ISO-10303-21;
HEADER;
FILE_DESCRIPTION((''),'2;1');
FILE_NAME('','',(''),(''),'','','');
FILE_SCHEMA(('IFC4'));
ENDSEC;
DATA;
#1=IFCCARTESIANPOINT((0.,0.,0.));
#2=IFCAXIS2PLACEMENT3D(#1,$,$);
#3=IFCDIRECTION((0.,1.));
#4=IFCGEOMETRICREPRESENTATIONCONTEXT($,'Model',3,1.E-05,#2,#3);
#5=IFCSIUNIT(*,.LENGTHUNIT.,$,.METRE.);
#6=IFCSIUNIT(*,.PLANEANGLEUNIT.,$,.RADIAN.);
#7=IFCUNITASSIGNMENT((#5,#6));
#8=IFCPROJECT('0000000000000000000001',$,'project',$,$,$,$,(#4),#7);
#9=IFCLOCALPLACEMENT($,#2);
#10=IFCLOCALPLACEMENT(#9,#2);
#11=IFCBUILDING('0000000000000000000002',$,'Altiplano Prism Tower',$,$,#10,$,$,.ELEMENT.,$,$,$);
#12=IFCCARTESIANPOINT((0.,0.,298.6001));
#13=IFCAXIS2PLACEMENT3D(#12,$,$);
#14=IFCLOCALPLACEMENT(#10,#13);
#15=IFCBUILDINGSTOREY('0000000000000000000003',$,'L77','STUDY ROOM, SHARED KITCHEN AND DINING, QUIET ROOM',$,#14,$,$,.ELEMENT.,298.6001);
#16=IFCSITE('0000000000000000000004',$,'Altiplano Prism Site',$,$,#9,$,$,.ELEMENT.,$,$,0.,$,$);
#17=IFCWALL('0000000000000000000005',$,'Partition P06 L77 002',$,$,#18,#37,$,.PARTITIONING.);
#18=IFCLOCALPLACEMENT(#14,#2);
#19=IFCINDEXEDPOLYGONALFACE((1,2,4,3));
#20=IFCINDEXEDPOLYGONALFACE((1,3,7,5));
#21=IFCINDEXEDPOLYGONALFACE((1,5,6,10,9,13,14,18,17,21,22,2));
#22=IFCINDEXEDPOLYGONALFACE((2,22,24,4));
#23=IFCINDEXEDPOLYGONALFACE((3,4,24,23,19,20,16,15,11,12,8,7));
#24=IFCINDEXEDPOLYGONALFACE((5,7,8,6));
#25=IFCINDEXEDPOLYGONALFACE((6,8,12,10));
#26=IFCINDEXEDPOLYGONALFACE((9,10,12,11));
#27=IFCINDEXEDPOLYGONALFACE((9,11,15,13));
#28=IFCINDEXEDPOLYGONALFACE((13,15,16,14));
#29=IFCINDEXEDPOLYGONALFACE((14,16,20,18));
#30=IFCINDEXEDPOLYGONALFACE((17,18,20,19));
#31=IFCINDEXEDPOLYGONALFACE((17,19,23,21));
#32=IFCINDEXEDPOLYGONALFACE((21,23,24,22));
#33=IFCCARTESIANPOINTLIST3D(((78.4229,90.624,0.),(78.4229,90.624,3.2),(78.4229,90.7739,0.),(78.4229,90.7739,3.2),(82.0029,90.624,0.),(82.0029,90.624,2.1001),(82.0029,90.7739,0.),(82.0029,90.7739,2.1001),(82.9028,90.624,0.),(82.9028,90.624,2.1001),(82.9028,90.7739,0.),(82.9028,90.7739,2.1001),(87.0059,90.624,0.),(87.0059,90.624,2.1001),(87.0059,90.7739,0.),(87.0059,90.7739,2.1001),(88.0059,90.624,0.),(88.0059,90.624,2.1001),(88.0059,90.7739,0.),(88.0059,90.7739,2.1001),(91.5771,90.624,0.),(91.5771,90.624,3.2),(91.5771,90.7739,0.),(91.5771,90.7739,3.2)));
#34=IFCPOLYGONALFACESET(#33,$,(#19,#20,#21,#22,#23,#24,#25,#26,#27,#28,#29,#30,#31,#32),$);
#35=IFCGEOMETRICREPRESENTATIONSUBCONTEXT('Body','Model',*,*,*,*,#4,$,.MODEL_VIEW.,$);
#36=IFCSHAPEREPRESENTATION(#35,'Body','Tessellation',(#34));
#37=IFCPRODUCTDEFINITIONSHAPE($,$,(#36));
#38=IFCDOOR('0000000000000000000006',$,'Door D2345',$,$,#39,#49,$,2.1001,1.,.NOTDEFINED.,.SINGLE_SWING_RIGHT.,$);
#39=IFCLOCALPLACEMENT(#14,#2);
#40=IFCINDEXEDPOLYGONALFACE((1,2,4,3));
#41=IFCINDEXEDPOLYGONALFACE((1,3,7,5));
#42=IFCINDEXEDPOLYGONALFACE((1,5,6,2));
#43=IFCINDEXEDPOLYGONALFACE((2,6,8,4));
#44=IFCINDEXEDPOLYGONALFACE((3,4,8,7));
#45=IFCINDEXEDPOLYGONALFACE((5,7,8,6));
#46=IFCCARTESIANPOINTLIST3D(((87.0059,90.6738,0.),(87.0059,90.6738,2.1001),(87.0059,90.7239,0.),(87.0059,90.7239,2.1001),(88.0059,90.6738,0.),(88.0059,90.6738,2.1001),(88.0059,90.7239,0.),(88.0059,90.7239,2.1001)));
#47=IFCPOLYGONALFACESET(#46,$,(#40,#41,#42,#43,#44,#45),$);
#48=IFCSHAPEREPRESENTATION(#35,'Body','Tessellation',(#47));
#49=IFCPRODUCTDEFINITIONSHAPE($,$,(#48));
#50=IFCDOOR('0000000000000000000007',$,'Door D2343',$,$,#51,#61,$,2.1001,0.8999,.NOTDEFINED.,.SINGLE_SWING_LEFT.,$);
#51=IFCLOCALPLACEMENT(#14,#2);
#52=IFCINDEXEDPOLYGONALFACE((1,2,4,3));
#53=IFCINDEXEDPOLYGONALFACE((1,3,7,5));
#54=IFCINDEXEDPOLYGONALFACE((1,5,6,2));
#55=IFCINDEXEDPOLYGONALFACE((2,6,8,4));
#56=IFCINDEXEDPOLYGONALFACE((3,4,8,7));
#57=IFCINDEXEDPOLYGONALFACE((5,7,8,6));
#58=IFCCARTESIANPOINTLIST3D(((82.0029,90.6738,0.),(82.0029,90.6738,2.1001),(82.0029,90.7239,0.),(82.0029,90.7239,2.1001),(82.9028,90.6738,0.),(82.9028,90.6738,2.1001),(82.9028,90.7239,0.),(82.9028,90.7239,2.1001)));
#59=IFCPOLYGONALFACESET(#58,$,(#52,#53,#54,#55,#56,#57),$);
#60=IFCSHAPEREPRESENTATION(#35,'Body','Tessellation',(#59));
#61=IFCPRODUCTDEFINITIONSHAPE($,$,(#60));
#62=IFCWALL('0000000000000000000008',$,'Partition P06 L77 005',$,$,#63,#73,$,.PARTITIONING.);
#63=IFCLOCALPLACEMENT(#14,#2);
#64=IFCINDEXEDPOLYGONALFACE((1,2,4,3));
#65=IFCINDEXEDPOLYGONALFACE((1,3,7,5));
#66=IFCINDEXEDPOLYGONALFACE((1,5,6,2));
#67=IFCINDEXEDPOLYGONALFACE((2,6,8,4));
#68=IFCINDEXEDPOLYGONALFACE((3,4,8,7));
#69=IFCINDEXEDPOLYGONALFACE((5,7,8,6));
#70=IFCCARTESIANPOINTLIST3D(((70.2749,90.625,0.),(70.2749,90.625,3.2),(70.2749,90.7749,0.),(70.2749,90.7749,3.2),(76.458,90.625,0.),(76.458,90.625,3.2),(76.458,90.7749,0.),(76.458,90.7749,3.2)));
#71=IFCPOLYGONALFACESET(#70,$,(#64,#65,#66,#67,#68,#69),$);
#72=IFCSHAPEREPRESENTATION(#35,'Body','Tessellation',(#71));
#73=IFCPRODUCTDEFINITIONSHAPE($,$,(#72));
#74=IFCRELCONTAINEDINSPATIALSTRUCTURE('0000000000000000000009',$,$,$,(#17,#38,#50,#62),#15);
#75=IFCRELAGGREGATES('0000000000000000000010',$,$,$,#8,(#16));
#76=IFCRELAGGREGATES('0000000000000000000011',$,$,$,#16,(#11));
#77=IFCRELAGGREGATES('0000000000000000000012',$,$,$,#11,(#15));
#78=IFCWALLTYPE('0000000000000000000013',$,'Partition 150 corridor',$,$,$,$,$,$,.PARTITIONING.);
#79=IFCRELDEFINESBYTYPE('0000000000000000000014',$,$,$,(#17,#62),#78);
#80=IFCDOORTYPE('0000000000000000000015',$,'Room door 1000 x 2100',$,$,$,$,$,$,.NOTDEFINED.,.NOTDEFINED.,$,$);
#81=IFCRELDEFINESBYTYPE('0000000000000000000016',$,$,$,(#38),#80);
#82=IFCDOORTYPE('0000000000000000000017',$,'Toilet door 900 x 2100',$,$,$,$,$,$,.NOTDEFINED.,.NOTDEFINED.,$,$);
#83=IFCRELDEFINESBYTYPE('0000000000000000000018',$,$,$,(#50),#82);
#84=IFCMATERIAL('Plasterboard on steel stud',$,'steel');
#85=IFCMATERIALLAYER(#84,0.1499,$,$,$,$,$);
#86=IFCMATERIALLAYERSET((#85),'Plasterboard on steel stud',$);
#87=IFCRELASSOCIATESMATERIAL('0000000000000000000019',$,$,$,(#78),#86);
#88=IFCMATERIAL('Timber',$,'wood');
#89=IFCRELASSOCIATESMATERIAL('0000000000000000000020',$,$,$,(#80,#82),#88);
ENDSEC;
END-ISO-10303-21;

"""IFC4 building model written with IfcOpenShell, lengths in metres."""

from ifc_helpers import new_model, si_unit, direction, frame, frame_2d, origin, place, context, subcontext, project, spatial, rectangle, extrude, material, layer, layer_set, type_object, element, fill, save


model = new_model("IFC4")

# Units and contexts
model_context = context("Model", 3, precision=1e-05, world=origin(), true_north=direction((0.0, 1.0)))
body_context = subcontext(model_context, "Body", "Model", "MODEL_VIEW")
ifc_project = project(units=[si_unit("LENGTHUNIT", "METRE"), si_unit("PLANEANGLEUNIT", "RADIAN")], contexts=[model_context])

# Site, building, storey
site_placement = place(None, origin())
site = spatial("IfcSite", under=ifc_project, at=site_placement, Name="Altiplano Prism Site", CompositionType="ELEMENT", RefElevation=0.0)
building_placement = place(site_placement, origin())
building = spatial("IfcBuilding", under=site, at=building_placement, Name="Altiplano Prism Tower", CompositionType="ELEMENT")
storey_placement = place(building_placement, frame((0.0, 0.0, 298.6001)))
storey = spatial("IfcBuildingStorey", under=building, at=storey_placement, Name="L77", Description="STUDY ROOM, SHARED KITCHEN AND DINING, QUIET ROOM", CompositionType="ELEMENT", Elevation=298.6001)

# Shared definitions
ifc_material_1 = material(Name="Plasterboard on steel stud", Category="steel")

# Wall, openings, doors
ifc_layer_1 = layer(ifc_material_1, 0.1499)
ifc_layer_set_1 = layer_set([ifc_layer_1], Name="Plasterboard on steel stud")
wall_type_1 = type_object("IfcWallType", Name="Partition 150 corridor", PredefinedType="PARTITIONING", material=ifc_layer_set_1)
wall_1_placement = place(storey_placement, frame((78.4229, 90.699, 0.0), z_axis=(0.0, 0.0, 1.0), x_axis=(1.0, 0.0, 0.0)))
wall_1 = element("IfcWall", 1, at=wall_1_placement, inside=storey, type_object=wall_type_1, Name="Partition P06 L77 002", PredefinedType="PARTITIONING", context=body_context, shape_type="SweptSolid", body=[
    extrude(rectangle(XDim=13.1543, YDim=0.1499, at=frame_2d((6.5771, 0.0))), origin(), (0.0, 0.0, 1.0), 3.2),
])
opening_1_placement = place(wall_1_placement, frame((3.5801, 0.0, 0.0)))
opening_1 = element("IfcOpeningElement", 2, at=opening_1_placement, cuts=wall_1, PredefinedType="OPENING", context=body_context, shape_type="SweptSolid", body=[
    extrude(rectangle(XDim=0.8999, YDim=2.1001, at=frame_2d((0.45, 1.05))), frame((0.0, 0.0854, 0.0), z_axis=(0.0, -1.0, 0.0), x_axis=(1.0, 0.0, 0.0)), (0.0, 0.0, 1.0), 0.1709),
])
opening_2_placement = place(wall_1_placement, frame((8.583, 0.0, 0.0)))
opening_2 = element("IfcOpeningElement", 3, at=opening_2_placement, cuts=wall_1, PredefinedType="OPENING", context=body_context, shape_type="SweptSolid", body=[
    extrude(rectangle(XDim=1.0, YDim=2.1001, at=frame_2d((0.5, 1.05))), frame((0.0, 0.0854, 0.0), z_axis=(0.0, -1.0, 0.0), x_axis=(1.0, 0.0, 0.0)), (0.0, 0.0, 1.0), 0.1709),
])
ifc_material_2 = material(Name="Timber", Category="wood")
door_type_1 = type_object("IfcDoorType", Name="Room door 1000 x 2100", OperationType="NOTDEFINED", PredefinedType="NOTDEFINED", material=ifc_material_2)
door_1_placement = place(opening_2_placement, origin())
door_1 = element("IfcDoor", 4, at=door_1_placement, inside=storey, type_object=door_type_1, Name="Door D2345", OperationType="SINGLE_SWING_RIGHT", OverallHeight=2.1001, OverallWidth=1.0, PredefinedType="NOTDEFINED", context=body_context, shape_type="SweptSolid", body=[
    extrude(rectangle(XDim=1.0, YDim=2.1001, at=frame_2d((0.5, 1.05))), frame((0.0, 0.0249, 0.0), z_axis=(0.0, -1.0, 0.0), x_axis=(1.0, 0.0, 0.0)), (0.0, 0.0, 1.0), 0.05),
])
fill(opening_2, door_1)
door_type_2 = type_object("IfcDoorType", Name="Toilet door 900 x 2100", OperationType="NOTDEFINED", PredefinedType="NOTDEFINED", material=ifc_material_2)
door_2_placement = place(opening_1_placement, origin())
door_2 = element("IfcDoor", 5, at=door_2_placement, inside=storey, type_object=door_type_2, Name="Door D2343", OperationType="SINGLE_SWING_LEFT", OverallHeight=2.1001, OverallWidth=0.8999, PredefinedType="NOTDEFINED", context=body_context, shape_type="SweptSolid", body=[
    extrude(rectangle(XDim=0.8999, YDim=2.1001, at=frame_2d((0.45, 1.05))), frame((0.0, 0.0249, 0.0), z_axis=(0.0, -1.0, 0.0), x_axis=(1.0, 0.0, 0.0)), (0.0, 0.0, 1.0), 0.05),
])
fill(opening_1, door_2)

# Wall
wall_2_placement = place(storey_placement, frame((70.2749, 90.7, 0.0), z_axis=(0.0, 0.0, 1.0), x_axis=(1.0, 0.0, 0.0)))
element("IfcWall", 6, at=wall_2_placement, inside=storey, type_object=wall_type_1, Name="Partition P06 L77 005", PredefinedType="PARTITIONING", context=body_context, shape_type="SweptSolid", body=[
    extrude(rectangle(XDim=6.1831, YDim=0.1499, at=frame_2d((3.0916, 0.0))), origin(), (0.0, 0.0, 1.0), 3.2),
])

save(model, "model.ifc")
